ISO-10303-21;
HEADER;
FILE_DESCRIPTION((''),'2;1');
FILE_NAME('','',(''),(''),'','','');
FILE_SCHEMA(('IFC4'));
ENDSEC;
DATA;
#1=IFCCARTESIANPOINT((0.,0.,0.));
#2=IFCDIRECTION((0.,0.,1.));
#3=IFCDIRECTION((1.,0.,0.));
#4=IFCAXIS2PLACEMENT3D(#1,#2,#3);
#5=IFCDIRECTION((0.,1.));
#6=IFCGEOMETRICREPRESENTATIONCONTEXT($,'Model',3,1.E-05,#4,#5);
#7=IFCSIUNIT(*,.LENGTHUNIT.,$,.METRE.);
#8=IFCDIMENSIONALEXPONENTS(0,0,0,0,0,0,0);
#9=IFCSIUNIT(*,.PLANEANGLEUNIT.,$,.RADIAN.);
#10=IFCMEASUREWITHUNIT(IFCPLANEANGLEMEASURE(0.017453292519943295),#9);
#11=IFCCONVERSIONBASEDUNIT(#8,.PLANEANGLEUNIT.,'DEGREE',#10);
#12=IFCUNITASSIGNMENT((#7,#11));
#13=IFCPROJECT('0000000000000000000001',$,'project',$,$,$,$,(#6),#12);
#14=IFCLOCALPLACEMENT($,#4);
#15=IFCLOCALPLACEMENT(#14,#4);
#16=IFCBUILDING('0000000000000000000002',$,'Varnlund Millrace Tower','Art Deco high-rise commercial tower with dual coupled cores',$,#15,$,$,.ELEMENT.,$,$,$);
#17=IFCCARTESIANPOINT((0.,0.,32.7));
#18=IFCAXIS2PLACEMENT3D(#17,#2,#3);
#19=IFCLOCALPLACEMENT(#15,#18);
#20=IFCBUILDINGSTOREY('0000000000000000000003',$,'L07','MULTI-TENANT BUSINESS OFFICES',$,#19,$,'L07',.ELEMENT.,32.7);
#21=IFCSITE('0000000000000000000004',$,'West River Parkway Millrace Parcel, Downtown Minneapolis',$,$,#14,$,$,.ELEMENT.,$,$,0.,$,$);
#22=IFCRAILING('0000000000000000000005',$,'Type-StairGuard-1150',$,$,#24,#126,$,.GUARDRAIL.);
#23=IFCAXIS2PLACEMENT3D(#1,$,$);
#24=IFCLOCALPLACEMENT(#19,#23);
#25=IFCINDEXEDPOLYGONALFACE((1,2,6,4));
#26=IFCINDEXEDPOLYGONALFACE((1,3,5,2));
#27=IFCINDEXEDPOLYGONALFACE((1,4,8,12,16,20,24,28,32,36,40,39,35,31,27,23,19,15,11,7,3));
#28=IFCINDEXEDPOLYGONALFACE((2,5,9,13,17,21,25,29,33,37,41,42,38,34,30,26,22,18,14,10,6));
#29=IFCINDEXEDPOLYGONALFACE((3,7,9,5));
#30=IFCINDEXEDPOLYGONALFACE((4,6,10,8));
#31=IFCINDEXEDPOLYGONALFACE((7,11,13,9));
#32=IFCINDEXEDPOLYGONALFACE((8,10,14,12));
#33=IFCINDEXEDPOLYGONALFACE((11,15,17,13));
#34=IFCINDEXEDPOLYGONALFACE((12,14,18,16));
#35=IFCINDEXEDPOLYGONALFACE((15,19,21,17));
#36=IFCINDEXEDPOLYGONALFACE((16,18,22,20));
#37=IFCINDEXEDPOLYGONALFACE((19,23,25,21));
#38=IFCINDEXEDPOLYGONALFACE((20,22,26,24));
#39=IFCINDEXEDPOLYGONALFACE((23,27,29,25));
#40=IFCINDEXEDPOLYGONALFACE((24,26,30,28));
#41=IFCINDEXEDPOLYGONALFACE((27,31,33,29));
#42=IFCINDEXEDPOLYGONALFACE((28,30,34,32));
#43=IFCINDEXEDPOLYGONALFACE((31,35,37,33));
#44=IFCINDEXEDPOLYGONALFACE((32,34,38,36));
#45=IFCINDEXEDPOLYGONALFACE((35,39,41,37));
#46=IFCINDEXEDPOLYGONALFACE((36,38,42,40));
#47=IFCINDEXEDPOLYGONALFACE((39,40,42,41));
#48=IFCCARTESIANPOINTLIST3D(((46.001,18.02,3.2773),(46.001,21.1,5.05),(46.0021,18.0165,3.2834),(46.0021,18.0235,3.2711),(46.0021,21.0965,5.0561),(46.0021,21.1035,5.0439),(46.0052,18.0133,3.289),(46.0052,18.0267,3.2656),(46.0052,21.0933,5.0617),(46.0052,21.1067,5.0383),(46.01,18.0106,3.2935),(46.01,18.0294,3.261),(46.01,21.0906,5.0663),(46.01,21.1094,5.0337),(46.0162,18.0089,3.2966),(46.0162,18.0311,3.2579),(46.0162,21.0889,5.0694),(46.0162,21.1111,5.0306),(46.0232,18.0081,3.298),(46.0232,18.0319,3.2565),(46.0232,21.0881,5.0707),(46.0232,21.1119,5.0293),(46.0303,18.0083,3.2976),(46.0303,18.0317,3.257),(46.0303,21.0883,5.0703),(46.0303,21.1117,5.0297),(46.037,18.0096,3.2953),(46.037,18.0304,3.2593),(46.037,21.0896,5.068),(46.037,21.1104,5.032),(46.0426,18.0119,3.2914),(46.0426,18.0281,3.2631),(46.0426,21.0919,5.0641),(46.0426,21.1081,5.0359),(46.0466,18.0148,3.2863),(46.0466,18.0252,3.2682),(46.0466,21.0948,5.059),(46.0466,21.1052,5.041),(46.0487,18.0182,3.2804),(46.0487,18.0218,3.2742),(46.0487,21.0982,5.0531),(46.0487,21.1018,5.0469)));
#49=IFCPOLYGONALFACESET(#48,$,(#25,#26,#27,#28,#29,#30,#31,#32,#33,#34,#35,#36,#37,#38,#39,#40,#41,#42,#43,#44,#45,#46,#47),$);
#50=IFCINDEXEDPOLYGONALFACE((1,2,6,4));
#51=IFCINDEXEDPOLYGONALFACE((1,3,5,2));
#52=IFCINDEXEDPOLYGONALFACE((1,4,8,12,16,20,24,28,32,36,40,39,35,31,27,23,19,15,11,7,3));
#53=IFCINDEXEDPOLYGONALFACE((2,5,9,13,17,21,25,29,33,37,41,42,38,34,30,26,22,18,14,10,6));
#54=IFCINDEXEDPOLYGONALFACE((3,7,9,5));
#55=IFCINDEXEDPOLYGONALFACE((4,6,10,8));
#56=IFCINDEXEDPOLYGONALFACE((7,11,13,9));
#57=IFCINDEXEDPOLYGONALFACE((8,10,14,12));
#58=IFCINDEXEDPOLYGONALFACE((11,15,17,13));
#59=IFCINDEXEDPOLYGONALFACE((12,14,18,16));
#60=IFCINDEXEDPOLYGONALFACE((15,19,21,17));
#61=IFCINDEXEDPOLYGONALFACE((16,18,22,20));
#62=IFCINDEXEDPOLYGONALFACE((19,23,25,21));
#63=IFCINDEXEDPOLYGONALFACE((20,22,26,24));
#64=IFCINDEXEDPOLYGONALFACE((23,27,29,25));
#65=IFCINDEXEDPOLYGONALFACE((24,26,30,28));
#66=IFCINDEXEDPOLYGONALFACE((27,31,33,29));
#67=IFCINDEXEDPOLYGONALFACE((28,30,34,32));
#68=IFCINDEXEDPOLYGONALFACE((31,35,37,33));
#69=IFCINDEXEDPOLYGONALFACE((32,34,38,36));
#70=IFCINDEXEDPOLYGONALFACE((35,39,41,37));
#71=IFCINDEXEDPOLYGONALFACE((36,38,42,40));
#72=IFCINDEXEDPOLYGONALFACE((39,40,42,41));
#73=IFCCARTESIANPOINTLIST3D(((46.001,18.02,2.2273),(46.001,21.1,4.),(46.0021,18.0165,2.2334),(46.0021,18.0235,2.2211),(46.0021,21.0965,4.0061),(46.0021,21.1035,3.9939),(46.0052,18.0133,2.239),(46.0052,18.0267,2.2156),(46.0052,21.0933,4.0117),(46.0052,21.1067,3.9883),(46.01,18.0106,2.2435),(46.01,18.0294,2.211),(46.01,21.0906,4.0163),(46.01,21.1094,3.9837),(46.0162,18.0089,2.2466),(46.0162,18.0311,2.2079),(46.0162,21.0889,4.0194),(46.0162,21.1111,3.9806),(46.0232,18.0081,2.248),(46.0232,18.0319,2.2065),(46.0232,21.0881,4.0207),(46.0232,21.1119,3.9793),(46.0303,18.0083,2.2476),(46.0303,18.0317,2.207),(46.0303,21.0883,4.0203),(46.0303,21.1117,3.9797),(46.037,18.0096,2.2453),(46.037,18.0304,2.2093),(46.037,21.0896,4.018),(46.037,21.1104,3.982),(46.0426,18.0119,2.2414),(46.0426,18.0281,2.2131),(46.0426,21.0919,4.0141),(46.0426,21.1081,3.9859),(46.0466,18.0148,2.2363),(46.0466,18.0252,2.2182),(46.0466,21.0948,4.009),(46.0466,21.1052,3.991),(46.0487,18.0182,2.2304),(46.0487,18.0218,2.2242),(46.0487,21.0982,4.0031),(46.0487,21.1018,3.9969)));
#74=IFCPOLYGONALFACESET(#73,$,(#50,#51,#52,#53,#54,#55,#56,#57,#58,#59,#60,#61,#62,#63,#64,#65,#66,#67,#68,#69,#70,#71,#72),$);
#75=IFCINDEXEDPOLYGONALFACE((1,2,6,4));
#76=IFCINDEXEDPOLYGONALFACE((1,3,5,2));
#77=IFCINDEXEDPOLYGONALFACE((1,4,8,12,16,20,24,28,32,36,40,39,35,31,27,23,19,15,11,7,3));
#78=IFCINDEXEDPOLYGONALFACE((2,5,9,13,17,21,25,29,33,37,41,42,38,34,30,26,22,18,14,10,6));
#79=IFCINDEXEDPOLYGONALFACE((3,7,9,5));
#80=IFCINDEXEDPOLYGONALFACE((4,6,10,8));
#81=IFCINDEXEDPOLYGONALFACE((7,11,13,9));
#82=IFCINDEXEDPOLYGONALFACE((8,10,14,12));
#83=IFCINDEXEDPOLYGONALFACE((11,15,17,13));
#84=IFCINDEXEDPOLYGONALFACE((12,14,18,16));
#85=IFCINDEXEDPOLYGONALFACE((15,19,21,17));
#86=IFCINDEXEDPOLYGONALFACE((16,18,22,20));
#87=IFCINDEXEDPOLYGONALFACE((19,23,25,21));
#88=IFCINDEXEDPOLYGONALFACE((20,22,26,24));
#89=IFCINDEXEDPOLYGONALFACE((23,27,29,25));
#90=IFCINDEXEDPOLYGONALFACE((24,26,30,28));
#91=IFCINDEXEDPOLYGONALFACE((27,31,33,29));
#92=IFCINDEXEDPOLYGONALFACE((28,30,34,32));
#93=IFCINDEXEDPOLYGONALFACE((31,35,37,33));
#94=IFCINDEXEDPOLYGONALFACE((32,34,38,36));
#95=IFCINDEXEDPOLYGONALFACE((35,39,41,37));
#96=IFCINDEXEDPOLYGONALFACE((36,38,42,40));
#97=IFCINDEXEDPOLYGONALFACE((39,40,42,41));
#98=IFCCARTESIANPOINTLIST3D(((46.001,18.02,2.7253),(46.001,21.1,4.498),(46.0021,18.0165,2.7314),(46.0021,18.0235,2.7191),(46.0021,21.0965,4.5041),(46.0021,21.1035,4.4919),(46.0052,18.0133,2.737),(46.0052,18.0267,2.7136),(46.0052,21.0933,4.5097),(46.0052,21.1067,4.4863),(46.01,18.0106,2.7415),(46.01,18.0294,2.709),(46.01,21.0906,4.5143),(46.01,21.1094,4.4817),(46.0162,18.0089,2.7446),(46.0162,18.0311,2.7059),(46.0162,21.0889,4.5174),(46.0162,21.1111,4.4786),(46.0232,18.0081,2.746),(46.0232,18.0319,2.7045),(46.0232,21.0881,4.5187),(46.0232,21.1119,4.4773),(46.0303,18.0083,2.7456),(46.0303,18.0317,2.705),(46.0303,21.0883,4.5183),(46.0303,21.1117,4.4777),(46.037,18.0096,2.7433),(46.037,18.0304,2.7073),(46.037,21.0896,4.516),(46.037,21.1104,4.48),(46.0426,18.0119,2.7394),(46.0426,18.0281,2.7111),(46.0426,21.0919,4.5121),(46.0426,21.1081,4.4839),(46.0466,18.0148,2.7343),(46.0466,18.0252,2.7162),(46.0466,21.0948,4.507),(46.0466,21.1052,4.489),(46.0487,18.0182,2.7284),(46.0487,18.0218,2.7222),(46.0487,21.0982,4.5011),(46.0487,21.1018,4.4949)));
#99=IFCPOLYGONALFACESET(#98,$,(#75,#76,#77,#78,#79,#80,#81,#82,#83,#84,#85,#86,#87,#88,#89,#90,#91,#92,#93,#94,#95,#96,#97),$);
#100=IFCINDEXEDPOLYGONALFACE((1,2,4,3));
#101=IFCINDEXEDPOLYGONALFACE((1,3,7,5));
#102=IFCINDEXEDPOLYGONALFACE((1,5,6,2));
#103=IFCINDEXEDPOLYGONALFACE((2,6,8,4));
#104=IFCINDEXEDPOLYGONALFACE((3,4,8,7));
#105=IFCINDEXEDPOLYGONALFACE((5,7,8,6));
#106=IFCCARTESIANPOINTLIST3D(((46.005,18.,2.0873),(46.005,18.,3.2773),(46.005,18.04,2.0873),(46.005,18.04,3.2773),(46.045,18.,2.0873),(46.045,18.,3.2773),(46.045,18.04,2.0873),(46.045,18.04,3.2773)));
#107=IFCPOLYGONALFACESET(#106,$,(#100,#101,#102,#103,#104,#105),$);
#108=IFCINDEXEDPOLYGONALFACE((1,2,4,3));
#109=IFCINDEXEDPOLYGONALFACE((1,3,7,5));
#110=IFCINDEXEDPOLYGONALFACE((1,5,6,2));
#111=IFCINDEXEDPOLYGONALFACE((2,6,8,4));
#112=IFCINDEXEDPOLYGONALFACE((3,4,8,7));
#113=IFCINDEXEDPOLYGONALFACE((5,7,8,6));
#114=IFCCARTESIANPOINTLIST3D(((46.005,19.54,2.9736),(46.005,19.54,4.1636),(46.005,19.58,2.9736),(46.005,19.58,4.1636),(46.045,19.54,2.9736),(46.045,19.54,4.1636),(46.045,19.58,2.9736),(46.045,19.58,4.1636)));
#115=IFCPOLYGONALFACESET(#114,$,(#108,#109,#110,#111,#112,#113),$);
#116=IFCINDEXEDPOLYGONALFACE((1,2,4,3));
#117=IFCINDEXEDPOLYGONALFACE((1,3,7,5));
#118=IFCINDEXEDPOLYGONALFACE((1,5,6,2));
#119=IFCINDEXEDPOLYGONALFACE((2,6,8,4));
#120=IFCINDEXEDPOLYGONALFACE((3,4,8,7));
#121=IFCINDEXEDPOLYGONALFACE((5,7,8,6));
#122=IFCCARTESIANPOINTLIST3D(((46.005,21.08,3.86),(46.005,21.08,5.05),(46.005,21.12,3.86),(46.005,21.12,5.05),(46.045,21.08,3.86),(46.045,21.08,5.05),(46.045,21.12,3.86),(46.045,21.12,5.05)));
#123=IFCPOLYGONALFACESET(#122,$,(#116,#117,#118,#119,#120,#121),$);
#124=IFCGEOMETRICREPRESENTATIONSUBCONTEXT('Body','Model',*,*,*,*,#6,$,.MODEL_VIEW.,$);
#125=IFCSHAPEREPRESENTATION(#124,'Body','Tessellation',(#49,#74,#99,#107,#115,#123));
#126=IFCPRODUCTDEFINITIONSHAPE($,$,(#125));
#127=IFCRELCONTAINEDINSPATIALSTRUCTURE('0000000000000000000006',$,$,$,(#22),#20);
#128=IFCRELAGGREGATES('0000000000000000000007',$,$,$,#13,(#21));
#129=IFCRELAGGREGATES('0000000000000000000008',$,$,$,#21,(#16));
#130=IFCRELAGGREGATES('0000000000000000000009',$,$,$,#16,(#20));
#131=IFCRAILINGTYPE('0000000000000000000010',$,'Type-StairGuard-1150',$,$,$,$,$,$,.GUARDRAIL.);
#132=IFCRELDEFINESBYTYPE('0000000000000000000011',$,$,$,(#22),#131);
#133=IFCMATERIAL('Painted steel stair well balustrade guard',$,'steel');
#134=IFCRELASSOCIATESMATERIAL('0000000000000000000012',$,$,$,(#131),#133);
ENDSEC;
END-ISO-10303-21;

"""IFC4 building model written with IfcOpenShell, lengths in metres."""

from ifc_helpers import new_model, entity, si_unit, converted_unit, direction, frame, origin_with_axes, origin_2d_with_axis, place, context, subcontext, project, spatial, rectangle, circle, extrude, material, type_object, element, save


model = new_model("IFC4")

# Units and contexts
model_context = context("Model", 3, precision=1e-05, world=origin_with_axes(), true_north=direction((0.0, 1.0)))
body_context = subcontext(model_context, "Body", "Model", "MODEL_VIEW")
ifc_project = project(units=[si_unit("LENGTHUNIT", "METRE"), converted_unit("PLANEANGLEUNIT", "DEGREE", entity("IfcPlaneAngleMeasure", 0.017453292519943295), si_unit("PLANEANGLEUNIT", "RADIAN"), dimensions=[0, 0, 0, 0, 0, 0, 0])], contexts=[model_context])

# Site, building, storey
site_placement = place(None, origin_with_axes())
site = spatial("IfcSite", under=ifc_project, at=site_placement, Name="West River Parkway Millrace Parcel, Downtown Minneapolis", CompositionType="ELEMENT", RefElevation=0.0)
building_placement = place(site_placement, origin_with_axes())
building = spatial("IfcBuilding", under=site, at=building_placement, Name="Varnlund Millrace Tower", Description="Art Deco high-rise commercial tower with dual coupled cores", CompositionType="ELEMENT")
storey_placement = place(building_placement, frame((0.0, 0.0, 32.7), z_axis=(0.0, 0.0, 1.0), x_axis=(1.0, 0.0, 0.0)))
storey = spatial("IfcBuildingStorey", under=building, at=storey_placement, Name="L07", Description="MULTI-TENANT BUSINESS OFFICES", LongName="L07", CompositionType="ELEMENT", Elevation=32.7)

# Railing
ifc_material_1 = material(Name="Painted steel stair well balustrade guard", Category="steel")
railing_type_1 = type_object("IfcRailingType", Name="Type-StairGuard-1150", PredefinedType="GUARDRAIL", material=ifc_material_1)
railing_1_placement = place(storey_placement, frame((0.0, 0.0, -32.7), z_axis=(0.0, 0.0, 1.0), x_axis=(1.0, 0.0, 0.0)))
element("IfcRailing", 1, at=railing_1_placement, inside=storey, type_object=railing_type_1, Name="Type-StairGuard-1150", PredefinedType="GUARDRAIL", context=body_context, shape_type="SweptSolid", body=[
    extrude(circle(Radius=0.024, at=origin_2d_with_axis()), frame((46.025, 18.02, 35.9773), z_axis=(0.0, 0.866696, 0.498836), x_axis=(-1.0, 0.0, 0.0)), (0.0, 0.0, 1.0), 3.5537),
    extrude(circle(Radius=0.024, at=origin_2d_with_axis()), frame((46.025, 18.02, 34.9273), z_axis=(0.0, 0.866696, 0.498836), x_axis=(-1.0, 0.0, 0.0)), (0.0, 0.0, 1.0), 3.5537),
    extrude(circle(Radius=0.024, at=origin_2d_with_axis()), frame((46.025, 18.02, 35.4253), z_axis=(0.0, 0.866696, 0.498836), x_axis=(-1.0, 0.0, 0.0)), (0.0, 0.0, 1.0), 3.5537),
    extrude(rectangle(XDim=0.04, YDim=0.04, at=origin_2d_with_axis()), frame((46.025, 18.02, 34.7873), z_axis=(0.0, 0.0, 1.0), x_axis=(1.0, 0.0, 0.0)), (0.0, 0.0, 1.0), 1.19),
    extrude(rectangle(XDim=0.04, YDim=0.04, at=origin_2d_with_axis()), frame((46.025, 19.56, 35.6736), z_axis=(0.0, 0.0, 1.0), x_axis=(1.0, 0.0, 0.0)), (0.0, 0.0, 1.0), 1.19),
    extrude(rectangle(XDim=0.04, YDim=0.04, at=origin_2d_with_axis()), frame((46.025, 21.1, 36.56), z_axis=(0.0, 0.0, 1.0), x_axis=(1.0, 0.0, 0.0)), (0.0, 0.0, 1.0), 1.19),
])

save(model, "model.ifc")
